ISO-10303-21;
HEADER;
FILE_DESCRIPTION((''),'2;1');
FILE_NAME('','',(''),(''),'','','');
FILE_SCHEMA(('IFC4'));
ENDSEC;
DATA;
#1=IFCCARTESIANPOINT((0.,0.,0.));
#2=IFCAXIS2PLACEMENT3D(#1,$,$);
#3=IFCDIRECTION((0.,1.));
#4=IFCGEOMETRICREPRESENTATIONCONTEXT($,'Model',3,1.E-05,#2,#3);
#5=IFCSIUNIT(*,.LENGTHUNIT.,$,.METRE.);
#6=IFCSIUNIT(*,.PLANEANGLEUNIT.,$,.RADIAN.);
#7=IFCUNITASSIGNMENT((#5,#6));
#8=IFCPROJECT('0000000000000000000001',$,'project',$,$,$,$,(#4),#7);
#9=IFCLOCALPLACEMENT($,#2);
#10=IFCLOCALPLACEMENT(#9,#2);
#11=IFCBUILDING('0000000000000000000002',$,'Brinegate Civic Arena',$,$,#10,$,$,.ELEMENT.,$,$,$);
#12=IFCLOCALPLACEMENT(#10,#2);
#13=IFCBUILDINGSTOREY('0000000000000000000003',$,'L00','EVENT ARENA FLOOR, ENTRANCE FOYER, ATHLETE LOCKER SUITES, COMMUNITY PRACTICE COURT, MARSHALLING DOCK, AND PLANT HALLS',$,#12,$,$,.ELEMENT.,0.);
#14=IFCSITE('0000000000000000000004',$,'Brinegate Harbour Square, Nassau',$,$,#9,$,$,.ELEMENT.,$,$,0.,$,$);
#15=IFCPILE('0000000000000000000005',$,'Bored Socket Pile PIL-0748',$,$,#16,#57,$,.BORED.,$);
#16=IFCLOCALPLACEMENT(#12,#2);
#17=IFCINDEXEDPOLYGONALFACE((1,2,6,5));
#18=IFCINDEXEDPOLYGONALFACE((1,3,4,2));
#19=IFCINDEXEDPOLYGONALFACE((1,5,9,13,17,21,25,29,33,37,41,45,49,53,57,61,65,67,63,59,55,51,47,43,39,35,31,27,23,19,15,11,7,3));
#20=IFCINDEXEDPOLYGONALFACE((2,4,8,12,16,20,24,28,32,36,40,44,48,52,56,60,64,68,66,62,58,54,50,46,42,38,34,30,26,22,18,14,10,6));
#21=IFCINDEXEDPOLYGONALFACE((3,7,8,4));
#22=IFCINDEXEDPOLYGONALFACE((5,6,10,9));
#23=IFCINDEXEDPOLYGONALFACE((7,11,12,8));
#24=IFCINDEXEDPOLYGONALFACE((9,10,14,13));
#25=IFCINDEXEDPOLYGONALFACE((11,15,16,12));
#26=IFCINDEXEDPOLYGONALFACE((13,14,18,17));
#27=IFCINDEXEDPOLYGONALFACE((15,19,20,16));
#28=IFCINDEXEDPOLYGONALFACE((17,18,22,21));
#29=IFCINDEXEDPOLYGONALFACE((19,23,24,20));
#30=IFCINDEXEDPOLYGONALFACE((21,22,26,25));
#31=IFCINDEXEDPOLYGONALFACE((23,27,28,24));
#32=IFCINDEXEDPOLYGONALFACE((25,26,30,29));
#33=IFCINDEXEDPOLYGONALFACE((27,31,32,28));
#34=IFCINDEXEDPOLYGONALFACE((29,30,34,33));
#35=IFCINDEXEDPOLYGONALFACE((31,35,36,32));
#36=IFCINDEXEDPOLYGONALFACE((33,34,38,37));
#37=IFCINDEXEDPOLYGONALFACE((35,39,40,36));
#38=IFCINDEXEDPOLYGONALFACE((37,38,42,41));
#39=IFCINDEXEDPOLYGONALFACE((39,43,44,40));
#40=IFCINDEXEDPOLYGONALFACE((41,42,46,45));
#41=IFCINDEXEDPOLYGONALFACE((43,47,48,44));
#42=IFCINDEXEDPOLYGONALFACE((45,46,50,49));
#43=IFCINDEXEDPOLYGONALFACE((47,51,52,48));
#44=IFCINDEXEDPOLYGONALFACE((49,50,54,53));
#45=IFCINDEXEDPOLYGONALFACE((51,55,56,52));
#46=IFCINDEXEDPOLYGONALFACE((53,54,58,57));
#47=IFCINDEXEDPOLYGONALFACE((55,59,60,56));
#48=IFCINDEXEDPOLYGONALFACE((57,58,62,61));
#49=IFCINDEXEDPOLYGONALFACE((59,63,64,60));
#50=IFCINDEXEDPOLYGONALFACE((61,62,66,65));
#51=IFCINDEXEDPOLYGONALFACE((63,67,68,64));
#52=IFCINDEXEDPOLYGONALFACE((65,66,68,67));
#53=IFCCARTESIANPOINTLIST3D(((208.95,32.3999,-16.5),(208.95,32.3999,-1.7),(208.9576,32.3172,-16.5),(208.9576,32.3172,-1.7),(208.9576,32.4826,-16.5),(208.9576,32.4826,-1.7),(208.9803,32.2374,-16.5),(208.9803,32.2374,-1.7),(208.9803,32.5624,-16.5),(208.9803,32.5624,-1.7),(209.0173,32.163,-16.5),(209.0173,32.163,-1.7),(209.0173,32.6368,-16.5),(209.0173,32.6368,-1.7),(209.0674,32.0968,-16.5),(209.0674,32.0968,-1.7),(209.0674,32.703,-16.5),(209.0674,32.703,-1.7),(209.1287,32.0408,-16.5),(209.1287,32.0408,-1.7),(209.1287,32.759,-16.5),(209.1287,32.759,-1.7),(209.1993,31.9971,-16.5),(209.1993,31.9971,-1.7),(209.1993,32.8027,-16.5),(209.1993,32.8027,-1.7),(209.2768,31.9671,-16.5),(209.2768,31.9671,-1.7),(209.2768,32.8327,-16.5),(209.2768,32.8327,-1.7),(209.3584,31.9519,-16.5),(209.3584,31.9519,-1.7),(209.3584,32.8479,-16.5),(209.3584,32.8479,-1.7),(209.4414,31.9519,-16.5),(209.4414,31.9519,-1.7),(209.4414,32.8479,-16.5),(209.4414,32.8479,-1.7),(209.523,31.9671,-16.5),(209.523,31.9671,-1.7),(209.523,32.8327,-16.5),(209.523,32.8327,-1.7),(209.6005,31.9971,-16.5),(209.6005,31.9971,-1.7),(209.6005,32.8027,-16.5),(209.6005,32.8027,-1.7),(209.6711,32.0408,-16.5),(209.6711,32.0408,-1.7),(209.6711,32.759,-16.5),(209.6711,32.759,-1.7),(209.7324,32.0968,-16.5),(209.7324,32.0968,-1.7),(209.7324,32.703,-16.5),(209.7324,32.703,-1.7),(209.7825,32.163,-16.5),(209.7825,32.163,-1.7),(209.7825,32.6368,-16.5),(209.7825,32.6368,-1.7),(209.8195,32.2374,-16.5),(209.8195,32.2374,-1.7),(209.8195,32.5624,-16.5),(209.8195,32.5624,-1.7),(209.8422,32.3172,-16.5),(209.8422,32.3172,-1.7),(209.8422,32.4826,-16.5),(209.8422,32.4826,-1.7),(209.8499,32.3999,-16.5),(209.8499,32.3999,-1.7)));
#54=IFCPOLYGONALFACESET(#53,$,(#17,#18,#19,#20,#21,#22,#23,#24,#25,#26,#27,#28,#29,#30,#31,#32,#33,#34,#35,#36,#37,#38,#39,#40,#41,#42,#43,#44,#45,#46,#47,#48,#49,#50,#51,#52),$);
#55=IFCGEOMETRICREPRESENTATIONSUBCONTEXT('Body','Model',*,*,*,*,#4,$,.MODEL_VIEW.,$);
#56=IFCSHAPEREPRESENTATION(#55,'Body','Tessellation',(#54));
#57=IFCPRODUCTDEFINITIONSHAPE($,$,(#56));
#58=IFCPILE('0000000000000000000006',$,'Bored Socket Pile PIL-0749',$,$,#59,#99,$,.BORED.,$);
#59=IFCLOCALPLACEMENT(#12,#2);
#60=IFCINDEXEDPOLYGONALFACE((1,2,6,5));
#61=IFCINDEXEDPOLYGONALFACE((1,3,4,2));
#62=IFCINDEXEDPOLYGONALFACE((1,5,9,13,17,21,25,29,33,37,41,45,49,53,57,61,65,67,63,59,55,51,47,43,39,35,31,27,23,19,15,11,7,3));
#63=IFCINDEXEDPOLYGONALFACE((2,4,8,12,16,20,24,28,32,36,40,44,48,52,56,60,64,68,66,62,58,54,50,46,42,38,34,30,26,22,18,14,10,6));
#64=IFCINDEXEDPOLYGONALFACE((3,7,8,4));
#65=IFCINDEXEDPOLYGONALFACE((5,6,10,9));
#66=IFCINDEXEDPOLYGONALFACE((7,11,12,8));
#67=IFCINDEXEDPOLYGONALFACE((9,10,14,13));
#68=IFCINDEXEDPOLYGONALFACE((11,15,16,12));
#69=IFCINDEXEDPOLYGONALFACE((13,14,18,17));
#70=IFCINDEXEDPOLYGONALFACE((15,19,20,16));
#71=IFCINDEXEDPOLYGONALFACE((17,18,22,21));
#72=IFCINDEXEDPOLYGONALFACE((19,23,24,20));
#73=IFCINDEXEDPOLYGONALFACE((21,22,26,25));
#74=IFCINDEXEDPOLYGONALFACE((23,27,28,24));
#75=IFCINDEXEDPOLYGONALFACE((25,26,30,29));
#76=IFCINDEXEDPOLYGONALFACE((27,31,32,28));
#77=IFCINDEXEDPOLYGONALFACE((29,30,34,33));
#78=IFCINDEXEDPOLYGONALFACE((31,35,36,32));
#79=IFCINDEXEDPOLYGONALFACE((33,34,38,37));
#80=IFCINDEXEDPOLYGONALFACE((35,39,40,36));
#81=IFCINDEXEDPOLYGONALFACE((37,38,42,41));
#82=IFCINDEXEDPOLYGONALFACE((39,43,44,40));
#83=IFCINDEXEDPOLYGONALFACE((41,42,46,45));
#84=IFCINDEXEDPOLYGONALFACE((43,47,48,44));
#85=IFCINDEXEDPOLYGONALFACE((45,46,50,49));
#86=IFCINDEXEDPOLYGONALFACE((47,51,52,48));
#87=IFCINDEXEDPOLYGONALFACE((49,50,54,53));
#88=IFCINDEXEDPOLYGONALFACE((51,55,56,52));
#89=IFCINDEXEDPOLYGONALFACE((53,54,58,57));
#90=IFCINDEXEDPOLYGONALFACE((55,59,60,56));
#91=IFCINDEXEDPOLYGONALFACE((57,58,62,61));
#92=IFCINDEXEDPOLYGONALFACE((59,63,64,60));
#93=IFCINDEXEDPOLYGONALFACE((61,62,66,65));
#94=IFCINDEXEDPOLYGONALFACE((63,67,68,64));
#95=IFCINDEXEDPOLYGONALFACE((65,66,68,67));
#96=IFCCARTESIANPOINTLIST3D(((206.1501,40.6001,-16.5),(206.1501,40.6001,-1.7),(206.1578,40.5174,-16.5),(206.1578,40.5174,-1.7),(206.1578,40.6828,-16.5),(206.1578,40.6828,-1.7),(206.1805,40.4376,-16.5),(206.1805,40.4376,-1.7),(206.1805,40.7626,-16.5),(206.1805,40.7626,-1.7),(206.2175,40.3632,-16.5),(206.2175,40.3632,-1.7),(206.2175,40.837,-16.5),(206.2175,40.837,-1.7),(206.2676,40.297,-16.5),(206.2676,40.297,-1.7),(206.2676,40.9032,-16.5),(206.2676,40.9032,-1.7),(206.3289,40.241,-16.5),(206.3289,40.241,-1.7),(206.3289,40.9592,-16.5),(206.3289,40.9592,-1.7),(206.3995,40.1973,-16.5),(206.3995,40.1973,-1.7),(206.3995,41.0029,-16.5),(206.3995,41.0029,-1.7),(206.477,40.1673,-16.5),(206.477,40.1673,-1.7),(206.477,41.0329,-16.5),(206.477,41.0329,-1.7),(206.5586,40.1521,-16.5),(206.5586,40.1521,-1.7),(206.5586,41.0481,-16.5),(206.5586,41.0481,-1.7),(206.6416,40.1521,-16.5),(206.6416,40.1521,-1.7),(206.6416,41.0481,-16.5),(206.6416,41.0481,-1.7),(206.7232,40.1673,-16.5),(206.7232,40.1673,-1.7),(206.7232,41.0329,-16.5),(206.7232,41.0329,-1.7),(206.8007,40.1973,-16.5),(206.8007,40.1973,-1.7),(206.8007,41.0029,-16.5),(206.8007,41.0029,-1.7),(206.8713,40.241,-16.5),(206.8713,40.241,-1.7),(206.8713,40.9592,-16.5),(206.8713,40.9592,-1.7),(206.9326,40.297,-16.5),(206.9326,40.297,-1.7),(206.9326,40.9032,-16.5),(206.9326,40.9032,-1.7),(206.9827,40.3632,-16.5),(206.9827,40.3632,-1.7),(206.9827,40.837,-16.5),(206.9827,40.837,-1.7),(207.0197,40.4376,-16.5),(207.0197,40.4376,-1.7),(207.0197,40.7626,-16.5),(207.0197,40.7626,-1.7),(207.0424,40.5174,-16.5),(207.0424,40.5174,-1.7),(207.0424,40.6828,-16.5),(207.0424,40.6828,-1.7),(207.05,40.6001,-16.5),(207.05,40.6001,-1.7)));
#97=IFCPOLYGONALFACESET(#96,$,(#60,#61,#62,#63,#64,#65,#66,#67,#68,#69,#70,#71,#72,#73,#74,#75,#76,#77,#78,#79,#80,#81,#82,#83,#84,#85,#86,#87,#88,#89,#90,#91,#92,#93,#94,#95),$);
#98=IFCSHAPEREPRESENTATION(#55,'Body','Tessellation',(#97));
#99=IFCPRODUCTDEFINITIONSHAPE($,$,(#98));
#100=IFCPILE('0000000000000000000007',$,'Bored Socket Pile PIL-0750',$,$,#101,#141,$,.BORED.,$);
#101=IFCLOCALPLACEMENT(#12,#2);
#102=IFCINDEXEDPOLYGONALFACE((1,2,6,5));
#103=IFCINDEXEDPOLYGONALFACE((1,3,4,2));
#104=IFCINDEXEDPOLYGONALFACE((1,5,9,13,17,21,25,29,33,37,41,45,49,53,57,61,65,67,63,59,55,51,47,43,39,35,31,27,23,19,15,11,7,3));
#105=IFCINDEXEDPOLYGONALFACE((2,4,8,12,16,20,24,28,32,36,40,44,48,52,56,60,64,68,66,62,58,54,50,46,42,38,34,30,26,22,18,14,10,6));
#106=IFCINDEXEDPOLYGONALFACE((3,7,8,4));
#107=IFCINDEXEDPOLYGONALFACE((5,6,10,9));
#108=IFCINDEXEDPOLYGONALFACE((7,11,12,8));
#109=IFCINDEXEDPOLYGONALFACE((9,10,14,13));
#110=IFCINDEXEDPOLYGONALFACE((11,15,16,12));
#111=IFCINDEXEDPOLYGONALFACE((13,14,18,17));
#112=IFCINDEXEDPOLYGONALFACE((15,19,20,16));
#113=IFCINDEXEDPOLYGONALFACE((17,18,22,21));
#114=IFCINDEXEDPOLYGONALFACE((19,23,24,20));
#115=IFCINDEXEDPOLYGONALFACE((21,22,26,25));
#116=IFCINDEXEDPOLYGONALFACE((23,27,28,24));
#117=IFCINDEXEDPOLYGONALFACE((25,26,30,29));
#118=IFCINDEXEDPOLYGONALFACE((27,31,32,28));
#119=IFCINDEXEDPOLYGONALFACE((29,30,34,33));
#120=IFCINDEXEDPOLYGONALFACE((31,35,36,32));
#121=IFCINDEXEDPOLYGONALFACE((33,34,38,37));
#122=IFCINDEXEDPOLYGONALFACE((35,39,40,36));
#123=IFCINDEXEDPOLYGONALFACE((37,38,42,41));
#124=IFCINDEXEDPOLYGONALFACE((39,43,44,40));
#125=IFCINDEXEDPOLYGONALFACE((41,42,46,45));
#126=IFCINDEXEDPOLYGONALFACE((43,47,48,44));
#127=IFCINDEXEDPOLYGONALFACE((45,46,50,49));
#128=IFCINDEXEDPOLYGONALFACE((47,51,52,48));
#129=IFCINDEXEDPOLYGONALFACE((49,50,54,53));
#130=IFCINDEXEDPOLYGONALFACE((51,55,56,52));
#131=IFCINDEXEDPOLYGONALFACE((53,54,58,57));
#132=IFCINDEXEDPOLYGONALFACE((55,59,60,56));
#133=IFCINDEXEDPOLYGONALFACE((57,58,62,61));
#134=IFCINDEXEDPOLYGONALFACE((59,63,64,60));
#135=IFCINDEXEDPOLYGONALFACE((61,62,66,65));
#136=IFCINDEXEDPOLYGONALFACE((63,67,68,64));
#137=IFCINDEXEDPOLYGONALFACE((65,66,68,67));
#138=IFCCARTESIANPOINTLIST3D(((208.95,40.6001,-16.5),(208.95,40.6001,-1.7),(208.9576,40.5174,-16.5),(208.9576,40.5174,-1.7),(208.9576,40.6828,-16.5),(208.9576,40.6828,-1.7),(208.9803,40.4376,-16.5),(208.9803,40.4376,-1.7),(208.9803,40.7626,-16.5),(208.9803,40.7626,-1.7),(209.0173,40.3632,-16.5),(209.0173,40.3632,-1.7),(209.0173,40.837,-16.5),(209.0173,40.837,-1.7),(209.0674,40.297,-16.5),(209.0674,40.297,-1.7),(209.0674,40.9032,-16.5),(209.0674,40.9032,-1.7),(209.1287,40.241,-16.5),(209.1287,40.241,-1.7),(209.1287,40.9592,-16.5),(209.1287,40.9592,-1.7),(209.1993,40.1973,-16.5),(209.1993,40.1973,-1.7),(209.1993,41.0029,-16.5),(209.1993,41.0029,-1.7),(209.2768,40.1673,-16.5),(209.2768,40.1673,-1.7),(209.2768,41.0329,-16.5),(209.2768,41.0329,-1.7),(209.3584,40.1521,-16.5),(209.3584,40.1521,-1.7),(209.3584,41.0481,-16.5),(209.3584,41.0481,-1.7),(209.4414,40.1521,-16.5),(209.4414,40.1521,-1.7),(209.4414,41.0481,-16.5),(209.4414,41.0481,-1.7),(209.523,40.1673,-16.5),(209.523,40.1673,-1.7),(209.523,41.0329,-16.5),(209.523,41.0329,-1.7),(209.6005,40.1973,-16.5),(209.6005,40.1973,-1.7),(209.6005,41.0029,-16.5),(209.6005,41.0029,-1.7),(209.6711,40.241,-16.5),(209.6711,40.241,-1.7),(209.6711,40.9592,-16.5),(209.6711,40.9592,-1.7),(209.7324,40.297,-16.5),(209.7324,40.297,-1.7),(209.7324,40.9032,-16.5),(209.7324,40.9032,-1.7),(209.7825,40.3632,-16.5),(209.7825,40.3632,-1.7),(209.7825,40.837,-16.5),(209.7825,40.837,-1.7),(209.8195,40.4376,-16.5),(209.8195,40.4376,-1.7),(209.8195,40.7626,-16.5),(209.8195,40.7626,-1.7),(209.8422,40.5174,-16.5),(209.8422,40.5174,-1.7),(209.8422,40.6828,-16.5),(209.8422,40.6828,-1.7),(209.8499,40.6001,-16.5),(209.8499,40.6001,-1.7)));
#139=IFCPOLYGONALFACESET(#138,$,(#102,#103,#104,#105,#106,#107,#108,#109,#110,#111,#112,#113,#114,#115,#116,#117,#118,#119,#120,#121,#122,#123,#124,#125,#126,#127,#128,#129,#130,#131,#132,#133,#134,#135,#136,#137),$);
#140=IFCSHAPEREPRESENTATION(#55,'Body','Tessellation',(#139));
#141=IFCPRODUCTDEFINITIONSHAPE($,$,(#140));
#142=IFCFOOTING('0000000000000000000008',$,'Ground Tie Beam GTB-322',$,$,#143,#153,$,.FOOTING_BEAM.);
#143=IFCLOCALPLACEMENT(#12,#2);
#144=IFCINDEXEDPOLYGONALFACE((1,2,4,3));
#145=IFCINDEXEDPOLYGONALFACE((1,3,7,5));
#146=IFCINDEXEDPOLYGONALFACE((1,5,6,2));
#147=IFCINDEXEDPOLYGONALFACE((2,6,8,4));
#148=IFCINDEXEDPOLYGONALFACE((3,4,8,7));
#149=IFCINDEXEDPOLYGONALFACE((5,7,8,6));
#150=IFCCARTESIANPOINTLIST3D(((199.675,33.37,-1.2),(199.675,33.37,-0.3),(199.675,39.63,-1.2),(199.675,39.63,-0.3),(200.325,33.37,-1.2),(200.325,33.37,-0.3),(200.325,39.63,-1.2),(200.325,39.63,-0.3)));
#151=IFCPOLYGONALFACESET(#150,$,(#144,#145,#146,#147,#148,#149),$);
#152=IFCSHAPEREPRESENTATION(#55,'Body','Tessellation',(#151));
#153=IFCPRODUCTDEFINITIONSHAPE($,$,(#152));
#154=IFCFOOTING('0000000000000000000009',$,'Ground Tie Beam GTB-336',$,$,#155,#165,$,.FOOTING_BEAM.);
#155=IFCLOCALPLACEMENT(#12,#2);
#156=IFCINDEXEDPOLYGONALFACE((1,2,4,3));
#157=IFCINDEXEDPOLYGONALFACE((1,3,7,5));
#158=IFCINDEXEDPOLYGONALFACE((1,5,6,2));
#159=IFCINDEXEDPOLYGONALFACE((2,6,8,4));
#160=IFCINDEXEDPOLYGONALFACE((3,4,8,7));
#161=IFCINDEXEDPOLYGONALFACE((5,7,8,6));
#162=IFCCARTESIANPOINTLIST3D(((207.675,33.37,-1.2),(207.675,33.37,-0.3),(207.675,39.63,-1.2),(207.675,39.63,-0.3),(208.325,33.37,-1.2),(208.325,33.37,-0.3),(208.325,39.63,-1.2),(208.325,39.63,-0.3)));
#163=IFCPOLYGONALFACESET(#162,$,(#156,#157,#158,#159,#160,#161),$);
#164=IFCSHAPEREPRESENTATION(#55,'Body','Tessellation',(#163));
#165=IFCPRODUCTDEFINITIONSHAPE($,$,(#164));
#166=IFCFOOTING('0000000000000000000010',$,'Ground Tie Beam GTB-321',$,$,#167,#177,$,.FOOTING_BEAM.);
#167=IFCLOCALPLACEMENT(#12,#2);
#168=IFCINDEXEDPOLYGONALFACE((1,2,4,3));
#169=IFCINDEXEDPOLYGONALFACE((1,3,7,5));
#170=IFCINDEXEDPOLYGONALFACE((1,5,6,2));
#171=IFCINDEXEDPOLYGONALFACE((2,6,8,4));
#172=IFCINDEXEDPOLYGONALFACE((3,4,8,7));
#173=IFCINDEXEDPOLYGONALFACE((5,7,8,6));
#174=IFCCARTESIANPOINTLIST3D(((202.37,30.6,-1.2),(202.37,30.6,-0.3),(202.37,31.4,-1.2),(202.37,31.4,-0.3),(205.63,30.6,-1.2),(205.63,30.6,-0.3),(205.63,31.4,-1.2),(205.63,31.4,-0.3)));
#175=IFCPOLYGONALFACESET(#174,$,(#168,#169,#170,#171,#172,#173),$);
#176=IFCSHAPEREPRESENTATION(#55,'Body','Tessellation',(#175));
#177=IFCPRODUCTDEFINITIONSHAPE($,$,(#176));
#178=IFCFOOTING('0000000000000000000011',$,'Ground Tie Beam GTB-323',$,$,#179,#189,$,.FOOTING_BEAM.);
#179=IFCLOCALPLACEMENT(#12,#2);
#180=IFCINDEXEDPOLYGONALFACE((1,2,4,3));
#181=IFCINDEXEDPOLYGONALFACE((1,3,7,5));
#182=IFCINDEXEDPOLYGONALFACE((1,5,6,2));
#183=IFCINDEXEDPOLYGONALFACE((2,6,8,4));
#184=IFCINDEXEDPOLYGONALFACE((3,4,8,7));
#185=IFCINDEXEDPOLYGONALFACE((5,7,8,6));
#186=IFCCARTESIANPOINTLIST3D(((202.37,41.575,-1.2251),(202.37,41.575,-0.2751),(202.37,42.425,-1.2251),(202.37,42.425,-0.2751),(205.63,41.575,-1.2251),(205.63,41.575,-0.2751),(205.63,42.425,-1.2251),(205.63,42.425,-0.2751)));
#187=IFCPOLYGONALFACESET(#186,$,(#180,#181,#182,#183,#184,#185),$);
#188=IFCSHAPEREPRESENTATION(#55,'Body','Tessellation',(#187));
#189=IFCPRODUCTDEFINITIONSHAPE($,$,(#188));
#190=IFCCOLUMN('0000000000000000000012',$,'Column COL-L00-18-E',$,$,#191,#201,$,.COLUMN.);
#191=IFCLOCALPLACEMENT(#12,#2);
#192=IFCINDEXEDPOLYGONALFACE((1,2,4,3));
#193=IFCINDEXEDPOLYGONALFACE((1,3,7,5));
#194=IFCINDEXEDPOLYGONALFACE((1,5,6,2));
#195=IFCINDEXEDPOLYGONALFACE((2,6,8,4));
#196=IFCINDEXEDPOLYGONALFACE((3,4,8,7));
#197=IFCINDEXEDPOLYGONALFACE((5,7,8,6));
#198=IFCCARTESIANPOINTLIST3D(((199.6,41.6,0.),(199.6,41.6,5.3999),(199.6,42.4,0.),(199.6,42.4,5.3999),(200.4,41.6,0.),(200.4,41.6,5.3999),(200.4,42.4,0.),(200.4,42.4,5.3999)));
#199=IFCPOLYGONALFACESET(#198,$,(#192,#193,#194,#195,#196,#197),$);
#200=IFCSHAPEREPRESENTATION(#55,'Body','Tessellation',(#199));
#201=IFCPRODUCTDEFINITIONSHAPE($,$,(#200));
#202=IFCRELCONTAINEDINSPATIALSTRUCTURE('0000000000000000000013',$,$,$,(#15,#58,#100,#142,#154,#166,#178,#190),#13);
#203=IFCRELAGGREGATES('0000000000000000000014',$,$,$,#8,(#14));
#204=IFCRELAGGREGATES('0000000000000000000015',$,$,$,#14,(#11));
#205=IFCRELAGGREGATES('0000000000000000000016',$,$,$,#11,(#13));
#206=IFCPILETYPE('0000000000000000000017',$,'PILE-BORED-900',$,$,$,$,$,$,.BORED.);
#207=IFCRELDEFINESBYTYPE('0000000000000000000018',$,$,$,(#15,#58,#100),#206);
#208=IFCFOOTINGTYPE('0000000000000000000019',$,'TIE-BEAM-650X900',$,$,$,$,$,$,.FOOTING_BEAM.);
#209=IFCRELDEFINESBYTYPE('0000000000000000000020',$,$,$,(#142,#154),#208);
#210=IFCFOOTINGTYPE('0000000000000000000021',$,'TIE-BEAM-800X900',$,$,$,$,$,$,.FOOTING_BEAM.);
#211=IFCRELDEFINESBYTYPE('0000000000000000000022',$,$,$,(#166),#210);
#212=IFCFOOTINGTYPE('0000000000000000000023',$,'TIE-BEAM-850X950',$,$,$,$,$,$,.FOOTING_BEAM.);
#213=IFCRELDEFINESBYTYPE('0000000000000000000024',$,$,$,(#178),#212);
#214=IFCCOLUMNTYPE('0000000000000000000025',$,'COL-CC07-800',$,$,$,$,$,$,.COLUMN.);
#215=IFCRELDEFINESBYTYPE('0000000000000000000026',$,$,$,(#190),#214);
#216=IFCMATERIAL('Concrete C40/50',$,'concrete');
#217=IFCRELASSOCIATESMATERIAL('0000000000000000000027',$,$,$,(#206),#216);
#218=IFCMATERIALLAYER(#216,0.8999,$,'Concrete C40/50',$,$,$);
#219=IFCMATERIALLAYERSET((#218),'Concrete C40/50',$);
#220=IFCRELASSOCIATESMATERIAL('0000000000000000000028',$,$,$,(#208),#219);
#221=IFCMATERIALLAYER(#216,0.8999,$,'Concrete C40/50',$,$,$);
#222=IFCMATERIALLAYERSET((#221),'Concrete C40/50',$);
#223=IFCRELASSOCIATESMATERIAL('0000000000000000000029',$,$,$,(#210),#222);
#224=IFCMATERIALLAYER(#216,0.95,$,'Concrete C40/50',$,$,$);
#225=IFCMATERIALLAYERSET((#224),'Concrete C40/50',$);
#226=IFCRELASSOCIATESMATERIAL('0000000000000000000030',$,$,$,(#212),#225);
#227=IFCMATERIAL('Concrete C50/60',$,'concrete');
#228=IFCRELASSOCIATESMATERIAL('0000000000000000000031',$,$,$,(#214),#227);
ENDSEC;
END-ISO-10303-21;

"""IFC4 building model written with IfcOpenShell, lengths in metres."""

from ifc_helpers import new_model, si_unit, direction, frame, origin, origin_2d, place, context, subcontext, project, spatial, rectangle, circle, extrude, material, layer, layer_set, material_profile, profile_set, type_object, element, save


model = new_model("IFC4")

# Units and contexts
model_context = context("Model", 3, precision=1e-05, world=origin(), true_north=direction((0.0, 1.0)))
body_context = subcontext(model_context, "Body", "Model", "MODEL_VIEW")
ifc_project = project(units=[si_unit("LENGTHUNIT", "METRE"), si_unit("PLANEANGLEUNIT", "RADIAN")], contexts=[model_context])

# Site, building, storey
site_placement = place(None, origin())
site = spatial("IfcSite", under=ifc_project, at=site_placement, Name="Brinegate Harbour Square, Nassau", CompositionType="ELEMENT", RefElevation=0.0)
building_placement = place(site_placement, origin())
building = spatial("IfcBuilding", under=site, at=building_placement, Name="Brinegate Civic Arena", CompositionType="ELEMENT")
storey_placement = place(building_placement, origin())
storey = spatial("IfcBuildingStorey", under=building, at=storey_placement, Name="L00", Description="EVENT ARENA FLOOR, ENTRANCE FOYER, ATHLETE LOCKER SUITES, COMMUNITY PRACTICE COURT, MARSHALLING DOCK, AND PLANT HALLS", CompositionType="ELEMENT", Elevation=0.0)

# Shared definitions
ifc_material_1 = material(Name="Concrete C40/50", Category="concrete")

# Piles
ifc_material_profile_1 = material_profile(ifc_material_1, circle(Radius=0.45, at=origin_2d()), Name="PILED900")
ifc_profile_set_1 = profile_set([ifc_material_profile_1], Name="Concrete C40/50")
pile_type = type_object("IfcPileType", Name="PILE-BORED-900", PredefinedType="BORED", material=ifc_profile_set_1)
for number, where, z_axis, x_axis, name in (
    (1, (209.3999, 32.3999, -1.7), (0.0, 0.0, -1.0), (1.0, 0.0, 0.0), "Bored Socket Pile PIL-0748"),
    (2, (206.6001, 40.6001, -1.7), (0.0, 0.0, -1.0), (1.0, 0.0, 0.0), "Bored Socket Pile PIL-0749"),
    (3, (209.3999, 40.6001, -1.7), (0.0, 0.0, -1.0), (1.0, 0.0, 0.0), "Bored Socket Pile PIL-0750"),
):
    element("IfcPile", number, at=place(storey_placement, frame(where, z_axis=z_axis, x_axis=x_axis)), inside=storey, type_object=pile_type, Name=name, PredefinedType="BORED", context=body_context, shape_type="SweptSolid", body=[
        extrude(circle(Radius=0.45, at=origin_2d()), origin(), (0.0, 0.0, 1.0), 14.8),
    ])

# Footings
ifc_layer_1 = layer(ifc_material_1, 0.8999, Name="Concrete C40/50")
ifc_layer_set_1 = layer_set([ifc_layer_1], Name="Concrete C40/50")
footing_type_1 = type_object("IfcFootingType", Name="TIE-BEAM-650X900", PredefinedType="FOOTING_BEAM", material=ifc_layer_set_1)
for number, where, z_axis, x_axis, name in (
    (4, (200.0, 36.5, -1.2), (0.0, 0.0, 1.0), (0.0, 1.0, 0.0), "Ground Tie Beam GTB-322"),
    (5, (208.0, 36.5, -1.2), (0.0, 0.0, 1.0), (0.0, 1.0, 0.0), "Ground Tie Beam GTB-336"),
):
    element("IfcFooting", number, at=place(storey_placement, frame(where, z_axis=z_axis, x_axis=x_axis)), inside=storey, type_object=footing_type_1, Name=name, PredefinedType="FOOTING_BEAM", context=body_context, shape_type="SweptSolid", body=[
        extrude(rectangle(XDim=6.26, YDim=0.6499, at=origin_2d()), origin(), (0.0, 0.0, 1.0), 0.8999),
    ])
ifc_layer_2 = layer(ifc_material_1, 0.8999, Name="Concrete C40/50")
ifc_layer_set_2 = layer_set([ifc_layer_2], Name="Concrete C40/50")
footing_type_2 = type_object("IfcFootingType", Name="TIE-BEAM-800X900", PredefinedType="FOOTING_BEAM", material=ifc_layer_set_2)
footing_1_placement = place(storey_placement, frame((204.0, 31.0, -1.2), z_axis=(0.0, 0.0, 1.0), x_axis=(1.0, 0.0, 0.0)))
element("IfcFooting", 6, at=footing_1_placement, inside=storey, type_object=footing_type_2, Name="Ground Tie Beam GTB-321", PredefinedType="FOOTING_BEAM", context=body_context, shape_type="SweptSolid", body=[
    extrude(rectangle(XDim=3.26, YDim=0.8, at=origin_2d()), origin(), (0.0, 0.0, 1.0), 0.8999),
])
ifc_layer_3 = layer(ifc_material_1, 0.95, Name="Concrete C40/50")
ifc_layer_set_3 = layer_set([ifc_layer_3], Name="Concrete C40/50")
footing_type_3 = type_object("IfcFootingType", Name="TIE-BEAM-850X950", PredefinedType="FOOTING_BEAM", material=ifc_layer_set_3)
footing_2_placement = place(storey_placement, frame((204.0, 42.0, -1.2251), z_axis=(0.0, 0.0, 1.0), x_axis=(1.0, 0.0, 0.0)))
element("IfcFooting", 7, at=footing_2_placement, inside=storey, type_object=footing_type_3, Name="Ground Tie Beam GTB-323", PredefinedType="FOOTING_BEAM", context=body_context, shape_type="SweptSolid", body=[
    extrude(rectangle(XDim=3.26, YDim=0.8501, at=origin_2d()), origin(), (0.0, 0.0, 1.0), 0.95),
])

# Column
ifc_material_2 = material(Name="Concrete C50/60", Category="concrete")
ifc_material_profile_2 = material_profile(ifc_material_2, rectangle(XDim=0.8, YDim=0.8, at=origin_2d()), Name="RC800X800")
ifc_profile_set_2 = profile_set([ifc_material_profile_2], Name="Concrete C50/60")
column_type = type_object("IfcColumnType", Name="COL-CC07-800", PredefinedType="COLUMN", material=ifc_profile_set_2)
for number, where, z_axis, x_axis, name in (
    (8, (200.0, 42.0, 0.0), (0.0, 0.0, 1.0), (1.0, 0.0, 0.0), "Column COL-L00-18-E"),
):
    element("IfcColumn", number, at=place(storey_placement, frame(where, z_axis=z_axis, x_axis=x_axis)), inside=storey, type_object=column_type, Name=name, PredefinedType="COLUMN", context=body_context, shape_type="SweptSolid", body=[
        extrude(rectangle(XDim=0.8, YDim=0.8, at=origin_2d()), origin(), (0.0, 0.0, 1.0), 5.3999),
    ])

save(model, "model.ifc")
